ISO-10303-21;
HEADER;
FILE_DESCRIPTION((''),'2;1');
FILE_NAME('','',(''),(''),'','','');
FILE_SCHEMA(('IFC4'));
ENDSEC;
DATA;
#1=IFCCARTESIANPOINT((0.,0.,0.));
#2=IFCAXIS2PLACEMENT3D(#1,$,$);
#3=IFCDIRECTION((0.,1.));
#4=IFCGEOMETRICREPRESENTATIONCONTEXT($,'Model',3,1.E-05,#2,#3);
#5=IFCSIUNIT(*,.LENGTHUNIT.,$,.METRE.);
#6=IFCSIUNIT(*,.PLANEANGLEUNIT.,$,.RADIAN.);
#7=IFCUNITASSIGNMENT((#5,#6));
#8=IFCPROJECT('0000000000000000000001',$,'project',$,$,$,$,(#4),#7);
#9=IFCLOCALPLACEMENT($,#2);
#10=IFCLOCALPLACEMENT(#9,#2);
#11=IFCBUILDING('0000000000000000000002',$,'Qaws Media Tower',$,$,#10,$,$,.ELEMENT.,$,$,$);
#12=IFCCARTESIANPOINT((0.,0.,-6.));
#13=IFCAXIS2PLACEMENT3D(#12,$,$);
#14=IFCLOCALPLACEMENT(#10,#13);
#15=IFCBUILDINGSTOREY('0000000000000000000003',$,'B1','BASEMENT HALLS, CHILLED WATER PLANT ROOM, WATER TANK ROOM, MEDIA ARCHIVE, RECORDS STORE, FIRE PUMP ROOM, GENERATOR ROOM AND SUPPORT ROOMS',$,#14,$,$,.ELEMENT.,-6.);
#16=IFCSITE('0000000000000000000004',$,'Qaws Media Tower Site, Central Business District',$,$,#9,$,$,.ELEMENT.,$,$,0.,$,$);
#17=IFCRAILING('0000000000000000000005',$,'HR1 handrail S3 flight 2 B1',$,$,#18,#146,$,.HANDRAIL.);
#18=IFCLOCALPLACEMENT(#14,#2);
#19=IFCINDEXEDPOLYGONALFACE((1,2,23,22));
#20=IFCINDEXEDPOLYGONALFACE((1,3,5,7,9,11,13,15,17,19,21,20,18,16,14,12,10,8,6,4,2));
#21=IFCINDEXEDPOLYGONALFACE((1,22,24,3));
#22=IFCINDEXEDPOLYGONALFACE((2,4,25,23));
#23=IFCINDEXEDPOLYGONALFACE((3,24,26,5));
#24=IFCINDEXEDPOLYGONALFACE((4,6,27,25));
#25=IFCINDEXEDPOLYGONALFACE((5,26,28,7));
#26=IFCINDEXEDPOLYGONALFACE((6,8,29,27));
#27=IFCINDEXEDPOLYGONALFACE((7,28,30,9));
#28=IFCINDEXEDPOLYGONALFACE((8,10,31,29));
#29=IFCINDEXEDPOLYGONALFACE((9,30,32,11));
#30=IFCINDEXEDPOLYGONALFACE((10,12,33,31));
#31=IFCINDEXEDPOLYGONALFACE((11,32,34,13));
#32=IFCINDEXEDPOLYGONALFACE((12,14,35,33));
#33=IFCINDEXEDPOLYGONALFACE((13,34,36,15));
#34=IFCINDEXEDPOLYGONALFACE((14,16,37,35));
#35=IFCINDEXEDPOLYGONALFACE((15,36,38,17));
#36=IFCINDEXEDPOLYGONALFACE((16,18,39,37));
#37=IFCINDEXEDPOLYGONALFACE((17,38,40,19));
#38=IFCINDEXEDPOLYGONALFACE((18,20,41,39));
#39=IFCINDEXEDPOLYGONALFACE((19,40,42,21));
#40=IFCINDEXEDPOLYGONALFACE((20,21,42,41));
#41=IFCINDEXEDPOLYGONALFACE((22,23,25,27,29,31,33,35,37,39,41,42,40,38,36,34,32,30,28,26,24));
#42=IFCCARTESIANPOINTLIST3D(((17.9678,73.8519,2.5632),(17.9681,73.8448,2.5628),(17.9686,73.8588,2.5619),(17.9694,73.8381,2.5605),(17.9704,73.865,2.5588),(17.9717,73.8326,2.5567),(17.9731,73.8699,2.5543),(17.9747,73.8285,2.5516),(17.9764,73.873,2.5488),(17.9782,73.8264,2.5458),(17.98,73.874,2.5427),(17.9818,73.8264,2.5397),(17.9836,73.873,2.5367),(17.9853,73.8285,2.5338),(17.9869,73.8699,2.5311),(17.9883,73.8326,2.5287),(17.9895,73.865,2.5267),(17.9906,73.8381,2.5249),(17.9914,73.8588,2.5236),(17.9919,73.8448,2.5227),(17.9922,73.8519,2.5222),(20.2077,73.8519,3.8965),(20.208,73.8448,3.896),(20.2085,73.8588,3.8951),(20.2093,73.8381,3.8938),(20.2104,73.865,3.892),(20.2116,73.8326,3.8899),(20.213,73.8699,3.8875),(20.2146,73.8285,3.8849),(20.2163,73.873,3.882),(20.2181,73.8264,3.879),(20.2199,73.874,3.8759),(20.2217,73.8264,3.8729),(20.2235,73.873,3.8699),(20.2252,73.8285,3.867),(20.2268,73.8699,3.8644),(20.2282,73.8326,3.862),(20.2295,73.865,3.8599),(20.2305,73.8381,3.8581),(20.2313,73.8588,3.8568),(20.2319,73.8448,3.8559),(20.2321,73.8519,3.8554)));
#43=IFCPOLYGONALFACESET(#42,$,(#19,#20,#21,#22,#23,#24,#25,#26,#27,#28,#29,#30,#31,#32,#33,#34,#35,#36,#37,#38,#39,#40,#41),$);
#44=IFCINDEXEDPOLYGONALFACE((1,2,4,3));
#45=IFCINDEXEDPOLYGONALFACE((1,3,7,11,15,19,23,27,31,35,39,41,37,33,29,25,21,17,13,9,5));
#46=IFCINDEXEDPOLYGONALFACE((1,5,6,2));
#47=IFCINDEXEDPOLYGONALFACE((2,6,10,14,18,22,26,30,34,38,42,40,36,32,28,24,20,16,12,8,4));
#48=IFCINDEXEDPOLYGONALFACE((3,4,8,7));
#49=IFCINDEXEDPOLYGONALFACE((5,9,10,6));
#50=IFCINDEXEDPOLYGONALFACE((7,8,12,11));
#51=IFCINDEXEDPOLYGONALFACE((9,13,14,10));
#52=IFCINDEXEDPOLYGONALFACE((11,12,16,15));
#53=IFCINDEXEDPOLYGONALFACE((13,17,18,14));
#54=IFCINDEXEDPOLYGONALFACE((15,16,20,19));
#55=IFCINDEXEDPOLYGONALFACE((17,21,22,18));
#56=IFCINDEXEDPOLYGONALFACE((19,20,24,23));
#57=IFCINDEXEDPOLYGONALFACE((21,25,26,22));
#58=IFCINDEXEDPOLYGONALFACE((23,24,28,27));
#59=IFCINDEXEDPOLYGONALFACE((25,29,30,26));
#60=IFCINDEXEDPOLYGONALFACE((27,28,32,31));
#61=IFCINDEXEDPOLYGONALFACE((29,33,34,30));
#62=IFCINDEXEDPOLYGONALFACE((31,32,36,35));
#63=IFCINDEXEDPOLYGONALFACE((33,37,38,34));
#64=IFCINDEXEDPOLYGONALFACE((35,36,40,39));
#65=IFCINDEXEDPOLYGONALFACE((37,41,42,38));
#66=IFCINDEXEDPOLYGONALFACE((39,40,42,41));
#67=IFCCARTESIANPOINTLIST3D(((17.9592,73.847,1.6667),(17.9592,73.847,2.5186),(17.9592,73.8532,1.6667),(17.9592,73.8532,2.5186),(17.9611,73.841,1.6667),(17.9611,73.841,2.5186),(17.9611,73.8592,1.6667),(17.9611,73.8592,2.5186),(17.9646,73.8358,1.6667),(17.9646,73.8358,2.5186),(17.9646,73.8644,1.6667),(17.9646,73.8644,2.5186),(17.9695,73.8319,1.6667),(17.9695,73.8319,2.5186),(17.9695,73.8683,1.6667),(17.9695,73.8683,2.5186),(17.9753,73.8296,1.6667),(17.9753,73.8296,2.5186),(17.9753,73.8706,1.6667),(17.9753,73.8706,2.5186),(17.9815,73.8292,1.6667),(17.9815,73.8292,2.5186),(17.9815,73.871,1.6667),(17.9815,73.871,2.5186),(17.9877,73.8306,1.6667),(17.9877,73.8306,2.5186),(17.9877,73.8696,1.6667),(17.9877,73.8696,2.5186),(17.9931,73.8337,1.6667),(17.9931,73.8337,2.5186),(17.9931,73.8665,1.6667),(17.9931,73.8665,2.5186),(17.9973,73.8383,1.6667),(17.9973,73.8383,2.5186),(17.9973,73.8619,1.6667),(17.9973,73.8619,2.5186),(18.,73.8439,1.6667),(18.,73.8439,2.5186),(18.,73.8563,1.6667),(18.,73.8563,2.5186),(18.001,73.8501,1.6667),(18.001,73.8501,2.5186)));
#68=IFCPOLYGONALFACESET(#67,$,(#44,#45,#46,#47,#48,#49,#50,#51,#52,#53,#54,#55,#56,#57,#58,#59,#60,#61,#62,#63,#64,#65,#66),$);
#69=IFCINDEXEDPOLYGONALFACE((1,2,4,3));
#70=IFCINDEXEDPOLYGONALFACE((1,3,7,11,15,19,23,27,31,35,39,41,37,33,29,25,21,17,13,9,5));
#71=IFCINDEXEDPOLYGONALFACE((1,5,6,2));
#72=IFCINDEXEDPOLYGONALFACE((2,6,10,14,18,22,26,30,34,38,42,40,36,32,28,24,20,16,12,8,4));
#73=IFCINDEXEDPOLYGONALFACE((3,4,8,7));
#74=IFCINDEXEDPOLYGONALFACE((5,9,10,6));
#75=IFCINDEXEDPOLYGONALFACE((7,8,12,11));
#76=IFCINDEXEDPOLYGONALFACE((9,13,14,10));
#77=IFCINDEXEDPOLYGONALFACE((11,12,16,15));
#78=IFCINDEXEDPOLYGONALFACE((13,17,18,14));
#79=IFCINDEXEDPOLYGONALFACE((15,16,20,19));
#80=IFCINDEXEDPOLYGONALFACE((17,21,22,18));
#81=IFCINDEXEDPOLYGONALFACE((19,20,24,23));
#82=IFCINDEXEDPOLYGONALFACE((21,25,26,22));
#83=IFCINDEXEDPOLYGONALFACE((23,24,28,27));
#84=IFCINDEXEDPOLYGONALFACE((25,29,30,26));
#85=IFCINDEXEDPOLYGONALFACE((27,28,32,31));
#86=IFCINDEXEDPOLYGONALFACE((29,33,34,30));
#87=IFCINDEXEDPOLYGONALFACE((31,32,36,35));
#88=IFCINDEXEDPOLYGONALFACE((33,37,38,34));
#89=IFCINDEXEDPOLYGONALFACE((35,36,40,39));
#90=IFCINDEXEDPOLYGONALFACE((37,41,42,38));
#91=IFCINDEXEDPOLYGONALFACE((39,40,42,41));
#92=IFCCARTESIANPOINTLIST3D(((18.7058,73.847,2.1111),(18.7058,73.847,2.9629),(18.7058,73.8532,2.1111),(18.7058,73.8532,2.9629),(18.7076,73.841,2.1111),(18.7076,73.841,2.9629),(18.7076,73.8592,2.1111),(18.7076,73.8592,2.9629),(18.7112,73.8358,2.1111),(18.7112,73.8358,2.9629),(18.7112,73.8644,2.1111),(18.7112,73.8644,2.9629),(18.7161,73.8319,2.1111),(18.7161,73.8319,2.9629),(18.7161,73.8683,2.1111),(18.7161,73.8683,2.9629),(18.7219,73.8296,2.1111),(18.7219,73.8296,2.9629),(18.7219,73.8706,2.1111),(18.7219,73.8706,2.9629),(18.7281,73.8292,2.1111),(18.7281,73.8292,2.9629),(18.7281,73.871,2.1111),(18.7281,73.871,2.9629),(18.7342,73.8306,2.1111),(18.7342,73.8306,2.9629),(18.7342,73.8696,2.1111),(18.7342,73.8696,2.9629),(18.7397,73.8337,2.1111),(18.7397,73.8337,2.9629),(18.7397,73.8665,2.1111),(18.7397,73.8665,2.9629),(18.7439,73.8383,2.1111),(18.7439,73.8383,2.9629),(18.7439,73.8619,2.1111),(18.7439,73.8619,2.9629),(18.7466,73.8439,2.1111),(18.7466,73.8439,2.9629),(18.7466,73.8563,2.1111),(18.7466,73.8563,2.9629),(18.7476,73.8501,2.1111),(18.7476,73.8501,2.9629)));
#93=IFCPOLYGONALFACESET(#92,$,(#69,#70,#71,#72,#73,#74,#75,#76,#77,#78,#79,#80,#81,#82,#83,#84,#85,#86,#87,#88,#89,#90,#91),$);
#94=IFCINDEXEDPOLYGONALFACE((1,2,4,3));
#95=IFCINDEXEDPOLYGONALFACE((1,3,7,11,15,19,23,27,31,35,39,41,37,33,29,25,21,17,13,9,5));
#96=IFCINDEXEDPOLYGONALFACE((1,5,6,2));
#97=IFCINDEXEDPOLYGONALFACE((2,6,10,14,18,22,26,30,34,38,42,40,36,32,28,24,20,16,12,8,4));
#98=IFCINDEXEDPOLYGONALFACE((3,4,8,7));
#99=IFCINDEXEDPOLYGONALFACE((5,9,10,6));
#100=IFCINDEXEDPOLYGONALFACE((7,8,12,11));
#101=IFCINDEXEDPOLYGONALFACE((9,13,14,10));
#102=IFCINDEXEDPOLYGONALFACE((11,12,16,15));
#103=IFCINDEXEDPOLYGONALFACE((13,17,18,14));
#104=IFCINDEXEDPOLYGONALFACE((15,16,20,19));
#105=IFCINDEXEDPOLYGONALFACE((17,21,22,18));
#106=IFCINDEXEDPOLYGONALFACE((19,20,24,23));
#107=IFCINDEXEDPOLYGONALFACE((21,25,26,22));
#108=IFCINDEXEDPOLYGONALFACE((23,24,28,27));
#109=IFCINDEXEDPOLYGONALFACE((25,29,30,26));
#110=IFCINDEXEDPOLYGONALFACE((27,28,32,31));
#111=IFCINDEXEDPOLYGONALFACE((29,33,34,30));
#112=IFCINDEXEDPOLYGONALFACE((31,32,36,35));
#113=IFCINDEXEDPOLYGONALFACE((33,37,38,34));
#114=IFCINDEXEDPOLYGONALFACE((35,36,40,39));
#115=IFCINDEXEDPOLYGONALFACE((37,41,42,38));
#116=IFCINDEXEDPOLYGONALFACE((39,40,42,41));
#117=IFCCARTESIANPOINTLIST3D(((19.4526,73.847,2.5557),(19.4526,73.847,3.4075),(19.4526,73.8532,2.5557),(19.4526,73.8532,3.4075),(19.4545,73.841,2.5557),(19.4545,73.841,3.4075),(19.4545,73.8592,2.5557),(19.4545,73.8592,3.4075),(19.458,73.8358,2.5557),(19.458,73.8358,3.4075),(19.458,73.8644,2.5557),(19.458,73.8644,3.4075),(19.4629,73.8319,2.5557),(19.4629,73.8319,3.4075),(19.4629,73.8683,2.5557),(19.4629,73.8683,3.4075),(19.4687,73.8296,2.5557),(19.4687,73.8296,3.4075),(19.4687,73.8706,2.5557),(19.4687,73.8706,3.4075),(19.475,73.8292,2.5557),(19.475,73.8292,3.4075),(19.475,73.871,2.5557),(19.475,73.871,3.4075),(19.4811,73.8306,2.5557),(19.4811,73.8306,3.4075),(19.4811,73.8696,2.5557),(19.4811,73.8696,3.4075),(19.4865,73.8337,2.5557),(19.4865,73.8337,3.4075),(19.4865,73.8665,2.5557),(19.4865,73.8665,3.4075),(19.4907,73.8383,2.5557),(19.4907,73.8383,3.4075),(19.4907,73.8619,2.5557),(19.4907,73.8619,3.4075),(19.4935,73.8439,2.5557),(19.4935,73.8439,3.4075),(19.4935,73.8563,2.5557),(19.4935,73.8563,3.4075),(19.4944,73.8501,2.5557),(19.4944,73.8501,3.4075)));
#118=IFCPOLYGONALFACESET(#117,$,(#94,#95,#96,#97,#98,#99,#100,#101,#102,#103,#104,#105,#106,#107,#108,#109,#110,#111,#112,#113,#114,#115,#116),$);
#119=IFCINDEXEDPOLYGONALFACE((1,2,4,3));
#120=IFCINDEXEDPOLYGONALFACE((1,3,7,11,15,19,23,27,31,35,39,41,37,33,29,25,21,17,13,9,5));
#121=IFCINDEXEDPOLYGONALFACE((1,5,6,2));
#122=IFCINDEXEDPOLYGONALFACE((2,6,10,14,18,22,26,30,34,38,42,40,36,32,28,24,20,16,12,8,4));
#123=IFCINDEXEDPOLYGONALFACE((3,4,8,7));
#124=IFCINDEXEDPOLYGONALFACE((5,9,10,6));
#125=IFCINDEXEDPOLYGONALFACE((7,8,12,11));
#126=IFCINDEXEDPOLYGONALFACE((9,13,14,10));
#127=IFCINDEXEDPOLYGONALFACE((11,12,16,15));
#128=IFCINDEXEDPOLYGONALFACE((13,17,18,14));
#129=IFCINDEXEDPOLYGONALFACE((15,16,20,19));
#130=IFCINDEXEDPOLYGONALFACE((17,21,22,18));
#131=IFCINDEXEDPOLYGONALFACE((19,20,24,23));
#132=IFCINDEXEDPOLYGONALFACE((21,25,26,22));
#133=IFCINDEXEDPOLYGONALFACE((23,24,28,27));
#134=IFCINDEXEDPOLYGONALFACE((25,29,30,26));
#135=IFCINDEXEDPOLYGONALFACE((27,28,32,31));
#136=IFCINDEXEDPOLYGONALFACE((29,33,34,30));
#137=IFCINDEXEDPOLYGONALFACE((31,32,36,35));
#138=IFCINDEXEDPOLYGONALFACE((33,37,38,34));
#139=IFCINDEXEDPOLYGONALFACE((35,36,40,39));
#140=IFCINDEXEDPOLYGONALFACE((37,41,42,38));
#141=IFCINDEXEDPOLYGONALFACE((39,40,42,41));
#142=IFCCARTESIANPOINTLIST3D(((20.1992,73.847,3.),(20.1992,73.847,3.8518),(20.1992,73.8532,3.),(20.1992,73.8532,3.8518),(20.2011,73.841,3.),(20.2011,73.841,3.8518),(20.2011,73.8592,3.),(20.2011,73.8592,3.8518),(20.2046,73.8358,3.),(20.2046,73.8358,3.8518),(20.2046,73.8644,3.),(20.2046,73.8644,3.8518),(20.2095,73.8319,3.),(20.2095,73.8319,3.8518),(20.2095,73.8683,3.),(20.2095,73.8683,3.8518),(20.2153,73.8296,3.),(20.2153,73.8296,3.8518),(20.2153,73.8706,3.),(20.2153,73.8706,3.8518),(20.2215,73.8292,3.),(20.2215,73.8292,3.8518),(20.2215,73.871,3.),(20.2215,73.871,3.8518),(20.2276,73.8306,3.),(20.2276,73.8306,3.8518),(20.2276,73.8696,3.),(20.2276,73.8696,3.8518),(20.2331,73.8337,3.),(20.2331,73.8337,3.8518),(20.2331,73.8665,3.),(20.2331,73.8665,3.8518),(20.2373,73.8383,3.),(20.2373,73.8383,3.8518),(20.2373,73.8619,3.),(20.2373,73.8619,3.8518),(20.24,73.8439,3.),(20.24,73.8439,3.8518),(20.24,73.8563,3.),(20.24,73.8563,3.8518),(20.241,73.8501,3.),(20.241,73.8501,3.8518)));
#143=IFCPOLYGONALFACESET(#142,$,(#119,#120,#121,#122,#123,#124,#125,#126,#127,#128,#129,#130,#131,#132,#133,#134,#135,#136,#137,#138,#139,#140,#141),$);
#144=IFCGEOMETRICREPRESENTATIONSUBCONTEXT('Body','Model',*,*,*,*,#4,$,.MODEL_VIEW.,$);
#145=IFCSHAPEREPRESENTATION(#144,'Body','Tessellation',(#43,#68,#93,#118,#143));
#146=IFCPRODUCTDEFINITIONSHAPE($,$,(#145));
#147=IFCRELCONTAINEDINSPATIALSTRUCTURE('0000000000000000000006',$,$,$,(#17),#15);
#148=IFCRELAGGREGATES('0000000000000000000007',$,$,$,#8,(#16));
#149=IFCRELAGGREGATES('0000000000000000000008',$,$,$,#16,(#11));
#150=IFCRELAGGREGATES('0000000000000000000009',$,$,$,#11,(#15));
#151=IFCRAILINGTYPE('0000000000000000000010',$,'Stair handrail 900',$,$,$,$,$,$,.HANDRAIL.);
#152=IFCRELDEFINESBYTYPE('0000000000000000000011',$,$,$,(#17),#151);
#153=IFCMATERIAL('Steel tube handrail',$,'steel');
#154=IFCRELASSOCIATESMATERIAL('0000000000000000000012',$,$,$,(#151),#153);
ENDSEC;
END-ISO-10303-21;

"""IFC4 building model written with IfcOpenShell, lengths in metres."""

from ifc_helpers import new_model, si_unit, direction, frame, origin, origin_2d, place, context, subcontext, project, spatial, circle, extrude, material, type_object, element, save


model = new_model("IFC4")

# Units and contexts
model_context = context("Model", 3, precision=1e-05, world=origin(), true_north=direction((0.0, 1.0)))
body_context = subcontext(model_context, "Body", "Model", "MODEL_VIEW")
ifc_project = project(units=[si_unit("LENGTHUNIT", "METRE"), si_unit("PLANEANGLEUNIT", "RADIAN")], contexts=[model_context])

# Site, building, storey
site_placement = place(None, origin())
site = spatial("IfcSite", under=ifc_project, at=site_placement, Name="Qaws Media Tower Site, Central Business District", CompositionType="ELEMENT", RefElevation=0.0)
building_placement = place(site_placement, origin())
building = spatial("IfcBuilding", under=site, at=building_placement, Name="Qaws Media Tower", CompositionType="ELEMENT")
storey_placement = place(building_placement, frame((0.0, 0.0, -6.0)))
storey = spatial("IfcBuildingStorey", under=building, at=storey_placement, Name="B1", Description="BASEMENT HALLS, CHILLED WATER PLANT ROOM, WATER TANK ROOM, MEDIA ARCHIVE, RECORDS STORE, FIRE PUMP ROOM, GENERATOR ROOM AND SUPPORT ROOMS", CompositionType="ELEMENT", Elevation=-6.0)

# Railing
ifc_material_1 = material(Name="Steel tube handrail", Category="steel")
railing_type = type_object("IfcRailingType", Name="Stair handrail 900", PredefinedType="HANDRAIL", material=ifc_material_1)
for number, where, name in (
    (1, (17.98, 73.8501, 1.6667), "HR1 handrail S3 flight 2 B1"),
):
    element("IfcRailing", number, at=place(storey_placement, frame(where)), inside=storey, type_object=railing_type, Name=name, PredefinedType="HANDRAIL", context=body_context, shape_type="SweptSolid", body=[
        extrude(circle(Radius=0.0239, at=origin_2d()), frame((0.0, 0.0, 0.876), z_axis=(0.859306, 0.0, 0.511462), x_axis=(0.0, 1.0, 0.0)), (0.0, 0.0, 1.0), 2.6067),
        extrude(circle(Radius=0.021, at=origin_2d()), origin(), (0.0, 0.0, 1.0), 0.8518),
        extrude(circle(Radius=0.021, at=origin_2d()), frame((0.7466, 0.0, 0.4443)), (0.0, 0.0, 1.0), 0.8518),
        extrude(circle(Radius=0.021, at=origin_2d()), frame((1.4934, 0.0, 0.8889)), (0.0, 0.0, 1.0), 0.8518),
        extrude(circle(Radius=0.021, at=origin_2d()), frame((2.24, 0.0, 1.3333)), (0.0, 0.0, 1.0), 0.8518),
    ])

save(model, "model.ifc")
